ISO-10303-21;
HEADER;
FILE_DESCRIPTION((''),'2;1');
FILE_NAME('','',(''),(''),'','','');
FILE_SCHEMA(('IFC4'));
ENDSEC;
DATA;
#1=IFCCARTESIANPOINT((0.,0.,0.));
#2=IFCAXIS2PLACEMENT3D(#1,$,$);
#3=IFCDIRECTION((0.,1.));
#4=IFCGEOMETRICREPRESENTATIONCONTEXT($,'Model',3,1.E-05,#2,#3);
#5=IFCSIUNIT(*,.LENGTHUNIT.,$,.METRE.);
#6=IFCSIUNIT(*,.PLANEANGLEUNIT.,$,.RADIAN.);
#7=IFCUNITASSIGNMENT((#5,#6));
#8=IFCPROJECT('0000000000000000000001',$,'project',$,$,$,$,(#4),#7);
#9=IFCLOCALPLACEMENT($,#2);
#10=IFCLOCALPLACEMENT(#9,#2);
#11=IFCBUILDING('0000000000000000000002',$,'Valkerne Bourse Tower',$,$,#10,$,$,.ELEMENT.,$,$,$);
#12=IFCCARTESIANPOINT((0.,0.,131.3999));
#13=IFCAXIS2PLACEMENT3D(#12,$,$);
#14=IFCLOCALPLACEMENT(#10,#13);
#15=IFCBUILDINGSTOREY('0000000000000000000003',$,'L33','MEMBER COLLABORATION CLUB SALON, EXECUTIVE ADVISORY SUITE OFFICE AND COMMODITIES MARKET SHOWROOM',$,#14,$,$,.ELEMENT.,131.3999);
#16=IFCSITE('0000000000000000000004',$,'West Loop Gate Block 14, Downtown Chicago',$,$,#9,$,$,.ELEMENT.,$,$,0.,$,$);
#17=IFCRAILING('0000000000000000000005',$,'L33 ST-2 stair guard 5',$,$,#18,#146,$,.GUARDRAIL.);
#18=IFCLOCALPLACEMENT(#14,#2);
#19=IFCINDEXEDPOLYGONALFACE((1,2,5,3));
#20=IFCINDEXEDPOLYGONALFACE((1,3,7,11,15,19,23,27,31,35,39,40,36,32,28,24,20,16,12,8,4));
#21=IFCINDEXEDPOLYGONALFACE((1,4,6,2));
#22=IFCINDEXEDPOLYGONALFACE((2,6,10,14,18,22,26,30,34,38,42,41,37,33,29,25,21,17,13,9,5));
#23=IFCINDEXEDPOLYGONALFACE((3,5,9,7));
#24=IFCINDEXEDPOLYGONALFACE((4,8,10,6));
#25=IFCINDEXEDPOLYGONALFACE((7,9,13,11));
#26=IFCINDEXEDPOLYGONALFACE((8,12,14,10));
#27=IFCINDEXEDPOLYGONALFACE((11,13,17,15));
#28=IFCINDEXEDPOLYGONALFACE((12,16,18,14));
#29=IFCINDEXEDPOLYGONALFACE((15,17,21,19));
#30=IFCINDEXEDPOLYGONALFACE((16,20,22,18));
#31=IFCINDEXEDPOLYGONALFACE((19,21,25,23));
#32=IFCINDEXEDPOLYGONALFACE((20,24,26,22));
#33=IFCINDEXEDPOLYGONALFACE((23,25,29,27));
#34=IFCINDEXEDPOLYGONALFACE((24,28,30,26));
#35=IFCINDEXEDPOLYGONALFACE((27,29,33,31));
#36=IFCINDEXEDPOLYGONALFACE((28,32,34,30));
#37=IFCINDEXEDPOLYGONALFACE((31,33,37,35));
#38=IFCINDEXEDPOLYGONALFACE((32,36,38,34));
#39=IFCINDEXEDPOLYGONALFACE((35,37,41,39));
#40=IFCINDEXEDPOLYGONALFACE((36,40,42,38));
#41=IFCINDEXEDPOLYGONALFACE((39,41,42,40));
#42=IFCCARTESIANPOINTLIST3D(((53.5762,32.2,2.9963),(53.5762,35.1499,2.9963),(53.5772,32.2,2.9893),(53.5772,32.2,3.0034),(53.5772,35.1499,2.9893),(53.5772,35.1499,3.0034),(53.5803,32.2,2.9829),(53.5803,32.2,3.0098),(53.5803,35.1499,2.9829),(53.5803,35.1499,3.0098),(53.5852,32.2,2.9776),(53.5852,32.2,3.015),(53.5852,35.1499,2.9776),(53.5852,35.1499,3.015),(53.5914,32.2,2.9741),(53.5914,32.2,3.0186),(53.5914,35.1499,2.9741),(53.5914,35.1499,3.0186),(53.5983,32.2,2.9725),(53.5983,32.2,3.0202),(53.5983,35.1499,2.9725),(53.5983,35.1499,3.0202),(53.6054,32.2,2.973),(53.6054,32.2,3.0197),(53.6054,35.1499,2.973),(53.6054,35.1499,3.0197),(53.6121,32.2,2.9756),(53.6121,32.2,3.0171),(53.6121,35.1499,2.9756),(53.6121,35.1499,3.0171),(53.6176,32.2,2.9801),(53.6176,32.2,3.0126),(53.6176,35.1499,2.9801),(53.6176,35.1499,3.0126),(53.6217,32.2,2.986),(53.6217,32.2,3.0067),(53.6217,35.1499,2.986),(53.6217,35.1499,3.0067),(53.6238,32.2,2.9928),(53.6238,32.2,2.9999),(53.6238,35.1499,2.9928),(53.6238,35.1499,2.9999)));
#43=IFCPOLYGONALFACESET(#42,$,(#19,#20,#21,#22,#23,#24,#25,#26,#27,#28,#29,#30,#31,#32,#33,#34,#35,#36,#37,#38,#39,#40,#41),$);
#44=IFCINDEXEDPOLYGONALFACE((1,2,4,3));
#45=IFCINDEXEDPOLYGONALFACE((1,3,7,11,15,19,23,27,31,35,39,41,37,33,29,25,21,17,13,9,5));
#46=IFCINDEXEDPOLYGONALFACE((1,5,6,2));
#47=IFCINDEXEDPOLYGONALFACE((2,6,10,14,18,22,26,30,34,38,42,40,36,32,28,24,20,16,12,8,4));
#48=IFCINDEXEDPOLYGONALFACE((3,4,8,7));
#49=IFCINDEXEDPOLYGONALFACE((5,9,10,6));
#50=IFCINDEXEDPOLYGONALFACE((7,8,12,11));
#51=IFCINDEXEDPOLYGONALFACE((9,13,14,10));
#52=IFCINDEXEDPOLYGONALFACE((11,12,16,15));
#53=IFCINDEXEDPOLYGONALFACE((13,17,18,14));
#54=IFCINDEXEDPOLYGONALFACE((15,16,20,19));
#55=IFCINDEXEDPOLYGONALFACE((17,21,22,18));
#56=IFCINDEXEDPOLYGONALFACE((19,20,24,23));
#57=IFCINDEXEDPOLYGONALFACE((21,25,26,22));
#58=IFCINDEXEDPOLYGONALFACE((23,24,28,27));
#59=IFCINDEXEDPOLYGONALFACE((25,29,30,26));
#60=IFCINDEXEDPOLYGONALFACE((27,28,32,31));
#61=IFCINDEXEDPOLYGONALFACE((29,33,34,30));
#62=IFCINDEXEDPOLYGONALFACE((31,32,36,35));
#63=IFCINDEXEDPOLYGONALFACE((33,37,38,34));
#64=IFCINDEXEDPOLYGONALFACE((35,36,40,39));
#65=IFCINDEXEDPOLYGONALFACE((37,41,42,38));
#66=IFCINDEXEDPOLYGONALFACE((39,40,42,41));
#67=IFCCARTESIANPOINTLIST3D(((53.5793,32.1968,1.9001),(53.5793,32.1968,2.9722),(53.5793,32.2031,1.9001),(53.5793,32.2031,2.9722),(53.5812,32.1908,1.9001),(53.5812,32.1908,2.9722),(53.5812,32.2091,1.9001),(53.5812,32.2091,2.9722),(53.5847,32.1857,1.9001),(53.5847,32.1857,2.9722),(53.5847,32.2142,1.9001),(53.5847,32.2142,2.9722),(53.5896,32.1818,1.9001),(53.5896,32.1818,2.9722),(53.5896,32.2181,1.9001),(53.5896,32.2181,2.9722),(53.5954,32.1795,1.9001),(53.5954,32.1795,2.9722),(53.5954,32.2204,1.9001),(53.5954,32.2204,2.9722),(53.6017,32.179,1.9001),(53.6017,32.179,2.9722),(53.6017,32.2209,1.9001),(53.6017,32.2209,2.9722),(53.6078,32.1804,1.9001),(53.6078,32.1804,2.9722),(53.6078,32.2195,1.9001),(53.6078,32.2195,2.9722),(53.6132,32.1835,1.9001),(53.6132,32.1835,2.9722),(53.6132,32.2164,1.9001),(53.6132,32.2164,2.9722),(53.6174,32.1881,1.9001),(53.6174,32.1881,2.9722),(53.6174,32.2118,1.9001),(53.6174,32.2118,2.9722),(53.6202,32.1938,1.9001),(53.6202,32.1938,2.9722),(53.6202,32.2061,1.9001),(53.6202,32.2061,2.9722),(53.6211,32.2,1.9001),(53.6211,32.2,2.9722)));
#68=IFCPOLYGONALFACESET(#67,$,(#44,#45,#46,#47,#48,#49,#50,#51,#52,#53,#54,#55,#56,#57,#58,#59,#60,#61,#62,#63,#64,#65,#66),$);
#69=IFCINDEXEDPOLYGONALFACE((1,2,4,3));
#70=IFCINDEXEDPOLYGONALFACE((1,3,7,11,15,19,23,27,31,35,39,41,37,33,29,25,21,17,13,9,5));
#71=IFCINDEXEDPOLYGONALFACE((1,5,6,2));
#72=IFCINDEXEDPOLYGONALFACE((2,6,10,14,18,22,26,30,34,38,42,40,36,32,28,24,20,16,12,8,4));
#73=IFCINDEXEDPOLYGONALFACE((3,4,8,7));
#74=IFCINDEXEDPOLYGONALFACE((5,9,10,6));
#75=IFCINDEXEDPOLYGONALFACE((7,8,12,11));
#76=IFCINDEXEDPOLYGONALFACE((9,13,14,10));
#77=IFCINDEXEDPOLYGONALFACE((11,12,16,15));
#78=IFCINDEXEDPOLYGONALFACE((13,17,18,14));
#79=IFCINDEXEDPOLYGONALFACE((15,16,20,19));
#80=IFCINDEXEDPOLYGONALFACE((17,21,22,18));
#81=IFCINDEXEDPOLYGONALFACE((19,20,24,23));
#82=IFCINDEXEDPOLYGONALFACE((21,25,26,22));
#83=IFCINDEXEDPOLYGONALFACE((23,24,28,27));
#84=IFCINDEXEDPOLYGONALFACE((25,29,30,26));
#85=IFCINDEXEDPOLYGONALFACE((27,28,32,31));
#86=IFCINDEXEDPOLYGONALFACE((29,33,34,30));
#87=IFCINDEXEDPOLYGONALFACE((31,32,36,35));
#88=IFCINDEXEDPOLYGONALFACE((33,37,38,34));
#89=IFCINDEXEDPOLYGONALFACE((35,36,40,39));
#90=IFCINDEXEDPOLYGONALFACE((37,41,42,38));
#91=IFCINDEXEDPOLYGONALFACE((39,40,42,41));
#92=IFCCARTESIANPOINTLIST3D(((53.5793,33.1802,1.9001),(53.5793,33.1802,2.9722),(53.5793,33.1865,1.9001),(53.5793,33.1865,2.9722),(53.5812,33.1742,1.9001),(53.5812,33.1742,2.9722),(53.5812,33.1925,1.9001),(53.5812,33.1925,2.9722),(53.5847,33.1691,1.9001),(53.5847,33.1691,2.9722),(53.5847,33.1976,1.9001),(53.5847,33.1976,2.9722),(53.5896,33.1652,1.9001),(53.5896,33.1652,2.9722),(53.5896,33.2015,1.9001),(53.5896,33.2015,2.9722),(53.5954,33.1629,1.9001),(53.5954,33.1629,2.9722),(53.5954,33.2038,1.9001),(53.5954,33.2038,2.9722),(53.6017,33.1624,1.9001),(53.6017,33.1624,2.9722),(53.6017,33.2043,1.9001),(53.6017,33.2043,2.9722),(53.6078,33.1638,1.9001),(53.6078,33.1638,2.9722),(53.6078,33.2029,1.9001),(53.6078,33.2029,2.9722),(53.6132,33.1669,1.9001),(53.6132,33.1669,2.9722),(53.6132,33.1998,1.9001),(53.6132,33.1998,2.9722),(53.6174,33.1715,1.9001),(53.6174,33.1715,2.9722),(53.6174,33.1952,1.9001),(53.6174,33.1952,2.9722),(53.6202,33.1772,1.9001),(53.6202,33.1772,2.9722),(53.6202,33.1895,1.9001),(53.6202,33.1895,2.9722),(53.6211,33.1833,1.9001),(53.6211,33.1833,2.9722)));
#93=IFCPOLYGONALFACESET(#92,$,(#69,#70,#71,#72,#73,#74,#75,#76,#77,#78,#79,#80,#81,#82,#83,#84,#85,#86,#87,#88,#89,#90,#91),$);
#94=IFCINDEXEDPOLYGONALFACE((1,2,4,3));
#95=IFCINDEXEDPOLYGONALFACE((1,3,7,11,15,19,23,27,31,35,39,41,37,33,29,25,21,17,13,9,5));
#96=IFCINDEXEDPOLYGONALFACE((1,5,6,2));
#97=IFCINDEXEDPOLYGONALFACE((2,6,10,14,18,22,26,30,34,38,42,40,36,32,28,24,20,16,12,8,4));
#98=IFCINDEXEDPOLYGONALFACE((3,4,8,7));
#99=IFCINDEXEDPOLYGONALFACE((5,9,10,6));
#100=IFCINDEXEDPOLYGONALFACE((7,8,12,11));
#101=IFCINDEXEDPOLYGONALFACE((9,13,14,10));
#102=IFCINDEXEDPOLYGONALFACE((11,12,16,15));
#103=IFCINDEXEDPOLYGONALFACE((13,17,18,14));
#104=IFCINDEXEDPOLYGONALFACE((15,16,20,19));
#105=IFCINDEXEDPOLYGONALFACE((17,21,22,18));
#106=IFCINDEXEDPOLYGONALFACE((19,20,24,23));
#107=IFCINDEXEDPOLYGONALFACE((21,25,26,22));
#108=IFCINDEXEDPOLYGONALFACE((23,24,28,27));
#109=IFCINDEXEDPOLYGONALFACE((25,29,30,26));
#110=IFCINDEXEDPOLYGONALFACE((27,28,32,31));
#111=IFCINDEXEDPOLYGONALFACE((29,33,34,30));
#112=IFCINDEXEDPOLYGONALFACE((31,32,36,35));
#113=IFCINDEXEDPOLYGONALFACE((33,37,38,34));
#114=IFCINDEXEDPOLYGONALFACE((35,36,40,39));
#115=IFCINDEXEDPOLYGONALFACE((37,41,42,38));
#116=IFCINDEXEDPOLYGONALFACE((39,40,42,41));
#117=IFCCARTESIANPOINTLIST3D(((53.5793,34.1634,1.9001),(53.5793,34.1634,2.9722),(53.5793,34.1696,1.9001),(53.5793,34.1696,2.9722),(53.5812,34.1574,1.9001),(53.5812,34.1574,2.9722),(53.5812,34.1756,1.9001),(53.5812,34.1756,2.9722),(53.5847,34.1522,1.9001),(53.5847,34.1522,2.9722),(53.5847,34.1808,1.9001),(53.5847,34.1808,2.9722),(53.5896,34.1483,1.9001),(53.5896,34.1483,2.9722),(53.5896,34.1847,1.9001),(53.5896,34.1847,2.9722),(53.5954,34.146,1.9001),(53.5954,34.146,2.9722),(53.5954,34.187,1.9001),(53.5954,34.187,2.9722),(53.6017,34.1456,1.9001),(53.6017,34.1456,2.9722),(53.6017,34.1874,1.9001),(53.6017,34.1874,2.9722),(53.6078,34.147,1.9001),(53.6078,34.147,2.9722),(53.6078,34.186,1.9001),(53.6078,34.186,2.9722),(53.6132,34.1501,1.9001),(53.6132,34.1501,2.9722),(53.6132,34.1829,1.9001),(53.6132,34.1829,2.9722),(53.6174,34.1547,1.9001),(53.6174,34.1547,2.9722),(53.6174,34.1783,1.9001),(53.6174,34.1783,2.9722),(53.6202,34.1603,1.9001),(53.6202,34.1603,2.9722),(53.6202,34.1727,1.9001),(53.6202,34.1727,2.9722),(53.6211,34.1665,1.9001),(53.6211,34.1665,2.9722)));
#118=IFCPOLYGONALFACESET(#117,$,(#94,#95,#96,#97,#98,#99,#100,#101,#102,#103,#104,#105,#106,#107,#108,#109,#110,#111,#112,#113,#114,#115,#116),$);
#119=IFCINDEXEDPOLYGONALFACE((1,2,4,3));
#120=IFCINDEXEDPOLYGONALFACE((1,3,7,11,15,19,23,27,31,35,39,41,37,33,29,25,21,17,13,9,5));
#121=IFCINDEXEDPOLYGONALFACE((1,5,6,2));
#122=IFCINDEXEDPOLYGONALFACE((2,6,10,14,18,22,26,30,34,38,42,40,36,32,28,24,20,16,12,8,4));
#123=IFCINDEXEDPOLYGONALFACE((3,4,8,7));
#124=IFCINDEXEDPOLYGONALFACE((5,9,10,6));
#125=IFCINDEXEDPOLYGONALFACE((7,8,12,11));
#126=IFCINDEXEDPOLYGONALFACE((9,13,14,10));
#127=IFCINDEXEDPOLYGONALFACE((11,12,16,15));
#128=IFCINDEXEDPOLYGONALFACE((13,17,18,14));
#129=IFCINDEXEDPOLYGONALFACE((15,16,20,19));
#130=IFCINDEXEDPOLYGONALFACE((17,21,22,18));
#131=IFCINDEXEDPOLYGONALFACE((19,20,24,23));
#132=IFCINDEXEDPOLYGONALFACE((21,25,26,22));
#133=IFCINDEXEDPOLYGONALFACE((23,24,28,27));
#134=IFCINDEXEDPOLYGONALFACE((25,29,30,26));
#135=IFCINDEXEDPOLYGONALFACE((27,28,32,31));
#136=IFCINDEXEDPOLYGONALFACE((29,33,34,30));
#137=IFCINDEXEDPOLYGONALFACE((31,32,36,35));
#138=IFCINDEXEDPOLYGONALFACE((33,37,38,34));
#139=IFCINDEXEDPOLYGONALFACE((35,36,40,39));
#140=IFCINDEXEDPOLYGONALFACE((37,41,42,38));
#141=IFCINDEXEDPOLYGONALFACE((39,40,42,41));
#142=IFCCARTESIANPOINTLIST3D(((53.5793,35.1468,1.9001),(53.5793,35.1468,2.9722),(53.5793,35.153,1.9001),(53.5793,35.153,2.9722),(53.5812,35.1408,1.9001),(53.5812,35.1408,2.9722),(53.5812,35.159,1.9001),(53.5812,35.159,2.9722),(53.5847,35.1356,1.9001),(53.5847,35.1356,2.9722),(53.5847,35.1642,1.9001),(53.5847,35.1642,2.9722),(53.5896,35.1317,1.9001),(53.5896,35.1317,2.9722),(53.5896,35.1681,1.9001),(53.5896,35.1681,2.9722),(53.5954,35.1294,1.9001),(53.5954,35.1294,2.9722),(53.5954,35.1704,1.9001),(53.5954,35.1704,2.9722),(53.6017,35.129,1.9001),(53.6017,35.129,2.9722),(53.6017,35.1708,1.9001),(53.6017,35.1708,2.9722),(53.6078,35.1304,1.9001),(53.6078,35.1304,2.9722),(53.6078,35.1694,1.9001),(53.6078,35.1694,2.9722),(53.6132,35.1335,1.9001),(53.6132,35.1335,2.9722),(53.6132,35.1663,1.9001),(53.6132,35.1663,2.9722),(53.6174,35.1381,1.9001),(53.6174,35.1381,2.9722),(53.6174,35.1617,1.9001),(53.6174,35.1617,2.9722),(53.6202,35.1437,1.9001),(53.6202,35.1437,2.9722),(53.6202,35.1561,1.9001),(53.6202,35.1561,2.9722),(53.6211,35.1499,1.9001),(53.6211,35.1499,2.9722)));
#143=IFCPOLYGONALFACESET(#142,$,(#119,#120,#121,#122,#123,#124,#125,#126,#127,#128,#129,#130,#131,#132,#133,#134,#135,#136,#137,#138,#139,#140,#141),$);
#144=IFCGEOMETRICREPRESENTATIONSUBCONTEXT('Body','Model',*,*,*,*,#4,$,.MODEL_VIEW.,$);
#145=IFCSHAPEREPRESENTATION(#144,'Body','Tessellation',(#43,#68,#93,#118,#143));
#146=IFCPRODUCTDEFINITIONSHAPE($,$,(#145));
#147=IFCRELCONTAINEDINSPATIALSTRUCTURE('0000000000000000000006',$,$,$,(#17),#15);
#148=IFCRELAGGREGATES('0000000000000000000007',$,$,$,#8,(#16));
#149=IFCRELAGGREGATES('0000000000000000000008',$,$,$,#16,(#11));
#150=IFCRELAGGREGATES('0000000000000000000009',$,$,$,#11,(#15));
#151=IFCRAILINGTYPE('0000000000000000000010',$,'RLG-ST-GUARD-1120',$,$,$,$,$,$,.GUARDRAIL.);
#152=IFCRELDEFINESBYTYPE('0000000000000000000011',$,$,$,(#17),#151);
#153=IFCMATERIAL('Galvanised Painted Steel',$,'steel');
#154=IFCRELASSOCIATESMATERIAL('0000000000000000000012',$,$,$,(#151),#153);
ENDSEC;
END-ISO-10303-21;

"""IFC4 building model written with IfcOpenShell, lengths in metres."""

from ifc_helpers import new_model, si_unit, direction, frame, origin, origin_2d, place, context, subcontext, project, spatial, circle, extrude, material, type_object, element, save


model = new_model("IFC4")

# Units and contexts
model_context = context("Model", 3, precision=1e-05, world=origin(), true_north=direction((0.0, 1.0)))
body_context = subcontext(model_context, "Body", "Model", "MODEL_VIEW")
ifc_project = project(units=[si_unit("LENGTHUNIT", "METRE"), si_unit("PLANEANGLEUNIT", "RADIAN")], contexts=[model_context])

# Site, building, storey
site_placement = place(None, origin())
site = spatial("IfcSite", under=ifc_project, at=site_placement, Name="West Loop Gate Block 14, Downtown Chicago", CompositionType="ELEMENT", RefElevation=0.0)
building_placement = place(site_placement, origin())
building = spatial("IfcBuilding", under=site, at=building_placement, Name="Valkerne Bourse Tower", CompositionType="ELEMENT")
storey_placement = place(building_placement, frame((0.0, 0.0, 131.3999)))
storey = spatial("IfcBuildingStorey", under=building, at=storey_placement, Name="L33", Description="MEMBER COLLABORATION CLUB SALON, EXECUTIVE ADVISORY SUITE OFFICE AND COMMODITIES MARKET SHOWROOM", CompositionType="ELEMENT", Elevation=131.3999)

# Railing
ifc_material_1 = material(Name="Galvanised Painted Steel", Category="steel")
railing_type = type_object("IfcRailingType", Name="RLG-ST-GUARD-1120", PredefinedType="GUARDRAIL", material=ifc_material_1)
railing_1_placement = place(storey_placement, frame((53.6001, 32.2, 1.9001)))
element("IfcRailing", 1, at=railing_1_placement, inside=storey, type_object=railing_type, Name="L33 ST-2 stair guard 5", PredefinedType="GUARDRAIL", context=body_context, shape_type="SweptSolid", body=[
    extrude(circle(Radius=0.0239, at=origin_2d()), frame((0.0, 0.0, 1.0962), z_axis=(0.0, 1.0, 0.0), x_axis=(-1.0, 0.0, 0.0)), (0.0, 0.0, 1.0), 2.95),
    extrude(circle(Radius=0.021, at=origin_2d()), origin(), (0.0, 0.0, 1.0), 1.072),
    extrude(circle(Radius=0.021, at=origin_2d()), frame((0.0, 0.9834, 0.0)), (0.0, 0.0, 1.0), 1.072),
    extrude(circle(Radius=0.021, at=origin_2d()), frame((0.0, 1.9666, 0.0)), (0.0, 0.0, 1.0), 1.072),
    extrude(circle(Radius=0.021, at=origin_2d()), frame((0.0, 2.95, 0.0)), (0.0, 0.0, 1.0), 1.072),
])

save(model, "model.ifc")
